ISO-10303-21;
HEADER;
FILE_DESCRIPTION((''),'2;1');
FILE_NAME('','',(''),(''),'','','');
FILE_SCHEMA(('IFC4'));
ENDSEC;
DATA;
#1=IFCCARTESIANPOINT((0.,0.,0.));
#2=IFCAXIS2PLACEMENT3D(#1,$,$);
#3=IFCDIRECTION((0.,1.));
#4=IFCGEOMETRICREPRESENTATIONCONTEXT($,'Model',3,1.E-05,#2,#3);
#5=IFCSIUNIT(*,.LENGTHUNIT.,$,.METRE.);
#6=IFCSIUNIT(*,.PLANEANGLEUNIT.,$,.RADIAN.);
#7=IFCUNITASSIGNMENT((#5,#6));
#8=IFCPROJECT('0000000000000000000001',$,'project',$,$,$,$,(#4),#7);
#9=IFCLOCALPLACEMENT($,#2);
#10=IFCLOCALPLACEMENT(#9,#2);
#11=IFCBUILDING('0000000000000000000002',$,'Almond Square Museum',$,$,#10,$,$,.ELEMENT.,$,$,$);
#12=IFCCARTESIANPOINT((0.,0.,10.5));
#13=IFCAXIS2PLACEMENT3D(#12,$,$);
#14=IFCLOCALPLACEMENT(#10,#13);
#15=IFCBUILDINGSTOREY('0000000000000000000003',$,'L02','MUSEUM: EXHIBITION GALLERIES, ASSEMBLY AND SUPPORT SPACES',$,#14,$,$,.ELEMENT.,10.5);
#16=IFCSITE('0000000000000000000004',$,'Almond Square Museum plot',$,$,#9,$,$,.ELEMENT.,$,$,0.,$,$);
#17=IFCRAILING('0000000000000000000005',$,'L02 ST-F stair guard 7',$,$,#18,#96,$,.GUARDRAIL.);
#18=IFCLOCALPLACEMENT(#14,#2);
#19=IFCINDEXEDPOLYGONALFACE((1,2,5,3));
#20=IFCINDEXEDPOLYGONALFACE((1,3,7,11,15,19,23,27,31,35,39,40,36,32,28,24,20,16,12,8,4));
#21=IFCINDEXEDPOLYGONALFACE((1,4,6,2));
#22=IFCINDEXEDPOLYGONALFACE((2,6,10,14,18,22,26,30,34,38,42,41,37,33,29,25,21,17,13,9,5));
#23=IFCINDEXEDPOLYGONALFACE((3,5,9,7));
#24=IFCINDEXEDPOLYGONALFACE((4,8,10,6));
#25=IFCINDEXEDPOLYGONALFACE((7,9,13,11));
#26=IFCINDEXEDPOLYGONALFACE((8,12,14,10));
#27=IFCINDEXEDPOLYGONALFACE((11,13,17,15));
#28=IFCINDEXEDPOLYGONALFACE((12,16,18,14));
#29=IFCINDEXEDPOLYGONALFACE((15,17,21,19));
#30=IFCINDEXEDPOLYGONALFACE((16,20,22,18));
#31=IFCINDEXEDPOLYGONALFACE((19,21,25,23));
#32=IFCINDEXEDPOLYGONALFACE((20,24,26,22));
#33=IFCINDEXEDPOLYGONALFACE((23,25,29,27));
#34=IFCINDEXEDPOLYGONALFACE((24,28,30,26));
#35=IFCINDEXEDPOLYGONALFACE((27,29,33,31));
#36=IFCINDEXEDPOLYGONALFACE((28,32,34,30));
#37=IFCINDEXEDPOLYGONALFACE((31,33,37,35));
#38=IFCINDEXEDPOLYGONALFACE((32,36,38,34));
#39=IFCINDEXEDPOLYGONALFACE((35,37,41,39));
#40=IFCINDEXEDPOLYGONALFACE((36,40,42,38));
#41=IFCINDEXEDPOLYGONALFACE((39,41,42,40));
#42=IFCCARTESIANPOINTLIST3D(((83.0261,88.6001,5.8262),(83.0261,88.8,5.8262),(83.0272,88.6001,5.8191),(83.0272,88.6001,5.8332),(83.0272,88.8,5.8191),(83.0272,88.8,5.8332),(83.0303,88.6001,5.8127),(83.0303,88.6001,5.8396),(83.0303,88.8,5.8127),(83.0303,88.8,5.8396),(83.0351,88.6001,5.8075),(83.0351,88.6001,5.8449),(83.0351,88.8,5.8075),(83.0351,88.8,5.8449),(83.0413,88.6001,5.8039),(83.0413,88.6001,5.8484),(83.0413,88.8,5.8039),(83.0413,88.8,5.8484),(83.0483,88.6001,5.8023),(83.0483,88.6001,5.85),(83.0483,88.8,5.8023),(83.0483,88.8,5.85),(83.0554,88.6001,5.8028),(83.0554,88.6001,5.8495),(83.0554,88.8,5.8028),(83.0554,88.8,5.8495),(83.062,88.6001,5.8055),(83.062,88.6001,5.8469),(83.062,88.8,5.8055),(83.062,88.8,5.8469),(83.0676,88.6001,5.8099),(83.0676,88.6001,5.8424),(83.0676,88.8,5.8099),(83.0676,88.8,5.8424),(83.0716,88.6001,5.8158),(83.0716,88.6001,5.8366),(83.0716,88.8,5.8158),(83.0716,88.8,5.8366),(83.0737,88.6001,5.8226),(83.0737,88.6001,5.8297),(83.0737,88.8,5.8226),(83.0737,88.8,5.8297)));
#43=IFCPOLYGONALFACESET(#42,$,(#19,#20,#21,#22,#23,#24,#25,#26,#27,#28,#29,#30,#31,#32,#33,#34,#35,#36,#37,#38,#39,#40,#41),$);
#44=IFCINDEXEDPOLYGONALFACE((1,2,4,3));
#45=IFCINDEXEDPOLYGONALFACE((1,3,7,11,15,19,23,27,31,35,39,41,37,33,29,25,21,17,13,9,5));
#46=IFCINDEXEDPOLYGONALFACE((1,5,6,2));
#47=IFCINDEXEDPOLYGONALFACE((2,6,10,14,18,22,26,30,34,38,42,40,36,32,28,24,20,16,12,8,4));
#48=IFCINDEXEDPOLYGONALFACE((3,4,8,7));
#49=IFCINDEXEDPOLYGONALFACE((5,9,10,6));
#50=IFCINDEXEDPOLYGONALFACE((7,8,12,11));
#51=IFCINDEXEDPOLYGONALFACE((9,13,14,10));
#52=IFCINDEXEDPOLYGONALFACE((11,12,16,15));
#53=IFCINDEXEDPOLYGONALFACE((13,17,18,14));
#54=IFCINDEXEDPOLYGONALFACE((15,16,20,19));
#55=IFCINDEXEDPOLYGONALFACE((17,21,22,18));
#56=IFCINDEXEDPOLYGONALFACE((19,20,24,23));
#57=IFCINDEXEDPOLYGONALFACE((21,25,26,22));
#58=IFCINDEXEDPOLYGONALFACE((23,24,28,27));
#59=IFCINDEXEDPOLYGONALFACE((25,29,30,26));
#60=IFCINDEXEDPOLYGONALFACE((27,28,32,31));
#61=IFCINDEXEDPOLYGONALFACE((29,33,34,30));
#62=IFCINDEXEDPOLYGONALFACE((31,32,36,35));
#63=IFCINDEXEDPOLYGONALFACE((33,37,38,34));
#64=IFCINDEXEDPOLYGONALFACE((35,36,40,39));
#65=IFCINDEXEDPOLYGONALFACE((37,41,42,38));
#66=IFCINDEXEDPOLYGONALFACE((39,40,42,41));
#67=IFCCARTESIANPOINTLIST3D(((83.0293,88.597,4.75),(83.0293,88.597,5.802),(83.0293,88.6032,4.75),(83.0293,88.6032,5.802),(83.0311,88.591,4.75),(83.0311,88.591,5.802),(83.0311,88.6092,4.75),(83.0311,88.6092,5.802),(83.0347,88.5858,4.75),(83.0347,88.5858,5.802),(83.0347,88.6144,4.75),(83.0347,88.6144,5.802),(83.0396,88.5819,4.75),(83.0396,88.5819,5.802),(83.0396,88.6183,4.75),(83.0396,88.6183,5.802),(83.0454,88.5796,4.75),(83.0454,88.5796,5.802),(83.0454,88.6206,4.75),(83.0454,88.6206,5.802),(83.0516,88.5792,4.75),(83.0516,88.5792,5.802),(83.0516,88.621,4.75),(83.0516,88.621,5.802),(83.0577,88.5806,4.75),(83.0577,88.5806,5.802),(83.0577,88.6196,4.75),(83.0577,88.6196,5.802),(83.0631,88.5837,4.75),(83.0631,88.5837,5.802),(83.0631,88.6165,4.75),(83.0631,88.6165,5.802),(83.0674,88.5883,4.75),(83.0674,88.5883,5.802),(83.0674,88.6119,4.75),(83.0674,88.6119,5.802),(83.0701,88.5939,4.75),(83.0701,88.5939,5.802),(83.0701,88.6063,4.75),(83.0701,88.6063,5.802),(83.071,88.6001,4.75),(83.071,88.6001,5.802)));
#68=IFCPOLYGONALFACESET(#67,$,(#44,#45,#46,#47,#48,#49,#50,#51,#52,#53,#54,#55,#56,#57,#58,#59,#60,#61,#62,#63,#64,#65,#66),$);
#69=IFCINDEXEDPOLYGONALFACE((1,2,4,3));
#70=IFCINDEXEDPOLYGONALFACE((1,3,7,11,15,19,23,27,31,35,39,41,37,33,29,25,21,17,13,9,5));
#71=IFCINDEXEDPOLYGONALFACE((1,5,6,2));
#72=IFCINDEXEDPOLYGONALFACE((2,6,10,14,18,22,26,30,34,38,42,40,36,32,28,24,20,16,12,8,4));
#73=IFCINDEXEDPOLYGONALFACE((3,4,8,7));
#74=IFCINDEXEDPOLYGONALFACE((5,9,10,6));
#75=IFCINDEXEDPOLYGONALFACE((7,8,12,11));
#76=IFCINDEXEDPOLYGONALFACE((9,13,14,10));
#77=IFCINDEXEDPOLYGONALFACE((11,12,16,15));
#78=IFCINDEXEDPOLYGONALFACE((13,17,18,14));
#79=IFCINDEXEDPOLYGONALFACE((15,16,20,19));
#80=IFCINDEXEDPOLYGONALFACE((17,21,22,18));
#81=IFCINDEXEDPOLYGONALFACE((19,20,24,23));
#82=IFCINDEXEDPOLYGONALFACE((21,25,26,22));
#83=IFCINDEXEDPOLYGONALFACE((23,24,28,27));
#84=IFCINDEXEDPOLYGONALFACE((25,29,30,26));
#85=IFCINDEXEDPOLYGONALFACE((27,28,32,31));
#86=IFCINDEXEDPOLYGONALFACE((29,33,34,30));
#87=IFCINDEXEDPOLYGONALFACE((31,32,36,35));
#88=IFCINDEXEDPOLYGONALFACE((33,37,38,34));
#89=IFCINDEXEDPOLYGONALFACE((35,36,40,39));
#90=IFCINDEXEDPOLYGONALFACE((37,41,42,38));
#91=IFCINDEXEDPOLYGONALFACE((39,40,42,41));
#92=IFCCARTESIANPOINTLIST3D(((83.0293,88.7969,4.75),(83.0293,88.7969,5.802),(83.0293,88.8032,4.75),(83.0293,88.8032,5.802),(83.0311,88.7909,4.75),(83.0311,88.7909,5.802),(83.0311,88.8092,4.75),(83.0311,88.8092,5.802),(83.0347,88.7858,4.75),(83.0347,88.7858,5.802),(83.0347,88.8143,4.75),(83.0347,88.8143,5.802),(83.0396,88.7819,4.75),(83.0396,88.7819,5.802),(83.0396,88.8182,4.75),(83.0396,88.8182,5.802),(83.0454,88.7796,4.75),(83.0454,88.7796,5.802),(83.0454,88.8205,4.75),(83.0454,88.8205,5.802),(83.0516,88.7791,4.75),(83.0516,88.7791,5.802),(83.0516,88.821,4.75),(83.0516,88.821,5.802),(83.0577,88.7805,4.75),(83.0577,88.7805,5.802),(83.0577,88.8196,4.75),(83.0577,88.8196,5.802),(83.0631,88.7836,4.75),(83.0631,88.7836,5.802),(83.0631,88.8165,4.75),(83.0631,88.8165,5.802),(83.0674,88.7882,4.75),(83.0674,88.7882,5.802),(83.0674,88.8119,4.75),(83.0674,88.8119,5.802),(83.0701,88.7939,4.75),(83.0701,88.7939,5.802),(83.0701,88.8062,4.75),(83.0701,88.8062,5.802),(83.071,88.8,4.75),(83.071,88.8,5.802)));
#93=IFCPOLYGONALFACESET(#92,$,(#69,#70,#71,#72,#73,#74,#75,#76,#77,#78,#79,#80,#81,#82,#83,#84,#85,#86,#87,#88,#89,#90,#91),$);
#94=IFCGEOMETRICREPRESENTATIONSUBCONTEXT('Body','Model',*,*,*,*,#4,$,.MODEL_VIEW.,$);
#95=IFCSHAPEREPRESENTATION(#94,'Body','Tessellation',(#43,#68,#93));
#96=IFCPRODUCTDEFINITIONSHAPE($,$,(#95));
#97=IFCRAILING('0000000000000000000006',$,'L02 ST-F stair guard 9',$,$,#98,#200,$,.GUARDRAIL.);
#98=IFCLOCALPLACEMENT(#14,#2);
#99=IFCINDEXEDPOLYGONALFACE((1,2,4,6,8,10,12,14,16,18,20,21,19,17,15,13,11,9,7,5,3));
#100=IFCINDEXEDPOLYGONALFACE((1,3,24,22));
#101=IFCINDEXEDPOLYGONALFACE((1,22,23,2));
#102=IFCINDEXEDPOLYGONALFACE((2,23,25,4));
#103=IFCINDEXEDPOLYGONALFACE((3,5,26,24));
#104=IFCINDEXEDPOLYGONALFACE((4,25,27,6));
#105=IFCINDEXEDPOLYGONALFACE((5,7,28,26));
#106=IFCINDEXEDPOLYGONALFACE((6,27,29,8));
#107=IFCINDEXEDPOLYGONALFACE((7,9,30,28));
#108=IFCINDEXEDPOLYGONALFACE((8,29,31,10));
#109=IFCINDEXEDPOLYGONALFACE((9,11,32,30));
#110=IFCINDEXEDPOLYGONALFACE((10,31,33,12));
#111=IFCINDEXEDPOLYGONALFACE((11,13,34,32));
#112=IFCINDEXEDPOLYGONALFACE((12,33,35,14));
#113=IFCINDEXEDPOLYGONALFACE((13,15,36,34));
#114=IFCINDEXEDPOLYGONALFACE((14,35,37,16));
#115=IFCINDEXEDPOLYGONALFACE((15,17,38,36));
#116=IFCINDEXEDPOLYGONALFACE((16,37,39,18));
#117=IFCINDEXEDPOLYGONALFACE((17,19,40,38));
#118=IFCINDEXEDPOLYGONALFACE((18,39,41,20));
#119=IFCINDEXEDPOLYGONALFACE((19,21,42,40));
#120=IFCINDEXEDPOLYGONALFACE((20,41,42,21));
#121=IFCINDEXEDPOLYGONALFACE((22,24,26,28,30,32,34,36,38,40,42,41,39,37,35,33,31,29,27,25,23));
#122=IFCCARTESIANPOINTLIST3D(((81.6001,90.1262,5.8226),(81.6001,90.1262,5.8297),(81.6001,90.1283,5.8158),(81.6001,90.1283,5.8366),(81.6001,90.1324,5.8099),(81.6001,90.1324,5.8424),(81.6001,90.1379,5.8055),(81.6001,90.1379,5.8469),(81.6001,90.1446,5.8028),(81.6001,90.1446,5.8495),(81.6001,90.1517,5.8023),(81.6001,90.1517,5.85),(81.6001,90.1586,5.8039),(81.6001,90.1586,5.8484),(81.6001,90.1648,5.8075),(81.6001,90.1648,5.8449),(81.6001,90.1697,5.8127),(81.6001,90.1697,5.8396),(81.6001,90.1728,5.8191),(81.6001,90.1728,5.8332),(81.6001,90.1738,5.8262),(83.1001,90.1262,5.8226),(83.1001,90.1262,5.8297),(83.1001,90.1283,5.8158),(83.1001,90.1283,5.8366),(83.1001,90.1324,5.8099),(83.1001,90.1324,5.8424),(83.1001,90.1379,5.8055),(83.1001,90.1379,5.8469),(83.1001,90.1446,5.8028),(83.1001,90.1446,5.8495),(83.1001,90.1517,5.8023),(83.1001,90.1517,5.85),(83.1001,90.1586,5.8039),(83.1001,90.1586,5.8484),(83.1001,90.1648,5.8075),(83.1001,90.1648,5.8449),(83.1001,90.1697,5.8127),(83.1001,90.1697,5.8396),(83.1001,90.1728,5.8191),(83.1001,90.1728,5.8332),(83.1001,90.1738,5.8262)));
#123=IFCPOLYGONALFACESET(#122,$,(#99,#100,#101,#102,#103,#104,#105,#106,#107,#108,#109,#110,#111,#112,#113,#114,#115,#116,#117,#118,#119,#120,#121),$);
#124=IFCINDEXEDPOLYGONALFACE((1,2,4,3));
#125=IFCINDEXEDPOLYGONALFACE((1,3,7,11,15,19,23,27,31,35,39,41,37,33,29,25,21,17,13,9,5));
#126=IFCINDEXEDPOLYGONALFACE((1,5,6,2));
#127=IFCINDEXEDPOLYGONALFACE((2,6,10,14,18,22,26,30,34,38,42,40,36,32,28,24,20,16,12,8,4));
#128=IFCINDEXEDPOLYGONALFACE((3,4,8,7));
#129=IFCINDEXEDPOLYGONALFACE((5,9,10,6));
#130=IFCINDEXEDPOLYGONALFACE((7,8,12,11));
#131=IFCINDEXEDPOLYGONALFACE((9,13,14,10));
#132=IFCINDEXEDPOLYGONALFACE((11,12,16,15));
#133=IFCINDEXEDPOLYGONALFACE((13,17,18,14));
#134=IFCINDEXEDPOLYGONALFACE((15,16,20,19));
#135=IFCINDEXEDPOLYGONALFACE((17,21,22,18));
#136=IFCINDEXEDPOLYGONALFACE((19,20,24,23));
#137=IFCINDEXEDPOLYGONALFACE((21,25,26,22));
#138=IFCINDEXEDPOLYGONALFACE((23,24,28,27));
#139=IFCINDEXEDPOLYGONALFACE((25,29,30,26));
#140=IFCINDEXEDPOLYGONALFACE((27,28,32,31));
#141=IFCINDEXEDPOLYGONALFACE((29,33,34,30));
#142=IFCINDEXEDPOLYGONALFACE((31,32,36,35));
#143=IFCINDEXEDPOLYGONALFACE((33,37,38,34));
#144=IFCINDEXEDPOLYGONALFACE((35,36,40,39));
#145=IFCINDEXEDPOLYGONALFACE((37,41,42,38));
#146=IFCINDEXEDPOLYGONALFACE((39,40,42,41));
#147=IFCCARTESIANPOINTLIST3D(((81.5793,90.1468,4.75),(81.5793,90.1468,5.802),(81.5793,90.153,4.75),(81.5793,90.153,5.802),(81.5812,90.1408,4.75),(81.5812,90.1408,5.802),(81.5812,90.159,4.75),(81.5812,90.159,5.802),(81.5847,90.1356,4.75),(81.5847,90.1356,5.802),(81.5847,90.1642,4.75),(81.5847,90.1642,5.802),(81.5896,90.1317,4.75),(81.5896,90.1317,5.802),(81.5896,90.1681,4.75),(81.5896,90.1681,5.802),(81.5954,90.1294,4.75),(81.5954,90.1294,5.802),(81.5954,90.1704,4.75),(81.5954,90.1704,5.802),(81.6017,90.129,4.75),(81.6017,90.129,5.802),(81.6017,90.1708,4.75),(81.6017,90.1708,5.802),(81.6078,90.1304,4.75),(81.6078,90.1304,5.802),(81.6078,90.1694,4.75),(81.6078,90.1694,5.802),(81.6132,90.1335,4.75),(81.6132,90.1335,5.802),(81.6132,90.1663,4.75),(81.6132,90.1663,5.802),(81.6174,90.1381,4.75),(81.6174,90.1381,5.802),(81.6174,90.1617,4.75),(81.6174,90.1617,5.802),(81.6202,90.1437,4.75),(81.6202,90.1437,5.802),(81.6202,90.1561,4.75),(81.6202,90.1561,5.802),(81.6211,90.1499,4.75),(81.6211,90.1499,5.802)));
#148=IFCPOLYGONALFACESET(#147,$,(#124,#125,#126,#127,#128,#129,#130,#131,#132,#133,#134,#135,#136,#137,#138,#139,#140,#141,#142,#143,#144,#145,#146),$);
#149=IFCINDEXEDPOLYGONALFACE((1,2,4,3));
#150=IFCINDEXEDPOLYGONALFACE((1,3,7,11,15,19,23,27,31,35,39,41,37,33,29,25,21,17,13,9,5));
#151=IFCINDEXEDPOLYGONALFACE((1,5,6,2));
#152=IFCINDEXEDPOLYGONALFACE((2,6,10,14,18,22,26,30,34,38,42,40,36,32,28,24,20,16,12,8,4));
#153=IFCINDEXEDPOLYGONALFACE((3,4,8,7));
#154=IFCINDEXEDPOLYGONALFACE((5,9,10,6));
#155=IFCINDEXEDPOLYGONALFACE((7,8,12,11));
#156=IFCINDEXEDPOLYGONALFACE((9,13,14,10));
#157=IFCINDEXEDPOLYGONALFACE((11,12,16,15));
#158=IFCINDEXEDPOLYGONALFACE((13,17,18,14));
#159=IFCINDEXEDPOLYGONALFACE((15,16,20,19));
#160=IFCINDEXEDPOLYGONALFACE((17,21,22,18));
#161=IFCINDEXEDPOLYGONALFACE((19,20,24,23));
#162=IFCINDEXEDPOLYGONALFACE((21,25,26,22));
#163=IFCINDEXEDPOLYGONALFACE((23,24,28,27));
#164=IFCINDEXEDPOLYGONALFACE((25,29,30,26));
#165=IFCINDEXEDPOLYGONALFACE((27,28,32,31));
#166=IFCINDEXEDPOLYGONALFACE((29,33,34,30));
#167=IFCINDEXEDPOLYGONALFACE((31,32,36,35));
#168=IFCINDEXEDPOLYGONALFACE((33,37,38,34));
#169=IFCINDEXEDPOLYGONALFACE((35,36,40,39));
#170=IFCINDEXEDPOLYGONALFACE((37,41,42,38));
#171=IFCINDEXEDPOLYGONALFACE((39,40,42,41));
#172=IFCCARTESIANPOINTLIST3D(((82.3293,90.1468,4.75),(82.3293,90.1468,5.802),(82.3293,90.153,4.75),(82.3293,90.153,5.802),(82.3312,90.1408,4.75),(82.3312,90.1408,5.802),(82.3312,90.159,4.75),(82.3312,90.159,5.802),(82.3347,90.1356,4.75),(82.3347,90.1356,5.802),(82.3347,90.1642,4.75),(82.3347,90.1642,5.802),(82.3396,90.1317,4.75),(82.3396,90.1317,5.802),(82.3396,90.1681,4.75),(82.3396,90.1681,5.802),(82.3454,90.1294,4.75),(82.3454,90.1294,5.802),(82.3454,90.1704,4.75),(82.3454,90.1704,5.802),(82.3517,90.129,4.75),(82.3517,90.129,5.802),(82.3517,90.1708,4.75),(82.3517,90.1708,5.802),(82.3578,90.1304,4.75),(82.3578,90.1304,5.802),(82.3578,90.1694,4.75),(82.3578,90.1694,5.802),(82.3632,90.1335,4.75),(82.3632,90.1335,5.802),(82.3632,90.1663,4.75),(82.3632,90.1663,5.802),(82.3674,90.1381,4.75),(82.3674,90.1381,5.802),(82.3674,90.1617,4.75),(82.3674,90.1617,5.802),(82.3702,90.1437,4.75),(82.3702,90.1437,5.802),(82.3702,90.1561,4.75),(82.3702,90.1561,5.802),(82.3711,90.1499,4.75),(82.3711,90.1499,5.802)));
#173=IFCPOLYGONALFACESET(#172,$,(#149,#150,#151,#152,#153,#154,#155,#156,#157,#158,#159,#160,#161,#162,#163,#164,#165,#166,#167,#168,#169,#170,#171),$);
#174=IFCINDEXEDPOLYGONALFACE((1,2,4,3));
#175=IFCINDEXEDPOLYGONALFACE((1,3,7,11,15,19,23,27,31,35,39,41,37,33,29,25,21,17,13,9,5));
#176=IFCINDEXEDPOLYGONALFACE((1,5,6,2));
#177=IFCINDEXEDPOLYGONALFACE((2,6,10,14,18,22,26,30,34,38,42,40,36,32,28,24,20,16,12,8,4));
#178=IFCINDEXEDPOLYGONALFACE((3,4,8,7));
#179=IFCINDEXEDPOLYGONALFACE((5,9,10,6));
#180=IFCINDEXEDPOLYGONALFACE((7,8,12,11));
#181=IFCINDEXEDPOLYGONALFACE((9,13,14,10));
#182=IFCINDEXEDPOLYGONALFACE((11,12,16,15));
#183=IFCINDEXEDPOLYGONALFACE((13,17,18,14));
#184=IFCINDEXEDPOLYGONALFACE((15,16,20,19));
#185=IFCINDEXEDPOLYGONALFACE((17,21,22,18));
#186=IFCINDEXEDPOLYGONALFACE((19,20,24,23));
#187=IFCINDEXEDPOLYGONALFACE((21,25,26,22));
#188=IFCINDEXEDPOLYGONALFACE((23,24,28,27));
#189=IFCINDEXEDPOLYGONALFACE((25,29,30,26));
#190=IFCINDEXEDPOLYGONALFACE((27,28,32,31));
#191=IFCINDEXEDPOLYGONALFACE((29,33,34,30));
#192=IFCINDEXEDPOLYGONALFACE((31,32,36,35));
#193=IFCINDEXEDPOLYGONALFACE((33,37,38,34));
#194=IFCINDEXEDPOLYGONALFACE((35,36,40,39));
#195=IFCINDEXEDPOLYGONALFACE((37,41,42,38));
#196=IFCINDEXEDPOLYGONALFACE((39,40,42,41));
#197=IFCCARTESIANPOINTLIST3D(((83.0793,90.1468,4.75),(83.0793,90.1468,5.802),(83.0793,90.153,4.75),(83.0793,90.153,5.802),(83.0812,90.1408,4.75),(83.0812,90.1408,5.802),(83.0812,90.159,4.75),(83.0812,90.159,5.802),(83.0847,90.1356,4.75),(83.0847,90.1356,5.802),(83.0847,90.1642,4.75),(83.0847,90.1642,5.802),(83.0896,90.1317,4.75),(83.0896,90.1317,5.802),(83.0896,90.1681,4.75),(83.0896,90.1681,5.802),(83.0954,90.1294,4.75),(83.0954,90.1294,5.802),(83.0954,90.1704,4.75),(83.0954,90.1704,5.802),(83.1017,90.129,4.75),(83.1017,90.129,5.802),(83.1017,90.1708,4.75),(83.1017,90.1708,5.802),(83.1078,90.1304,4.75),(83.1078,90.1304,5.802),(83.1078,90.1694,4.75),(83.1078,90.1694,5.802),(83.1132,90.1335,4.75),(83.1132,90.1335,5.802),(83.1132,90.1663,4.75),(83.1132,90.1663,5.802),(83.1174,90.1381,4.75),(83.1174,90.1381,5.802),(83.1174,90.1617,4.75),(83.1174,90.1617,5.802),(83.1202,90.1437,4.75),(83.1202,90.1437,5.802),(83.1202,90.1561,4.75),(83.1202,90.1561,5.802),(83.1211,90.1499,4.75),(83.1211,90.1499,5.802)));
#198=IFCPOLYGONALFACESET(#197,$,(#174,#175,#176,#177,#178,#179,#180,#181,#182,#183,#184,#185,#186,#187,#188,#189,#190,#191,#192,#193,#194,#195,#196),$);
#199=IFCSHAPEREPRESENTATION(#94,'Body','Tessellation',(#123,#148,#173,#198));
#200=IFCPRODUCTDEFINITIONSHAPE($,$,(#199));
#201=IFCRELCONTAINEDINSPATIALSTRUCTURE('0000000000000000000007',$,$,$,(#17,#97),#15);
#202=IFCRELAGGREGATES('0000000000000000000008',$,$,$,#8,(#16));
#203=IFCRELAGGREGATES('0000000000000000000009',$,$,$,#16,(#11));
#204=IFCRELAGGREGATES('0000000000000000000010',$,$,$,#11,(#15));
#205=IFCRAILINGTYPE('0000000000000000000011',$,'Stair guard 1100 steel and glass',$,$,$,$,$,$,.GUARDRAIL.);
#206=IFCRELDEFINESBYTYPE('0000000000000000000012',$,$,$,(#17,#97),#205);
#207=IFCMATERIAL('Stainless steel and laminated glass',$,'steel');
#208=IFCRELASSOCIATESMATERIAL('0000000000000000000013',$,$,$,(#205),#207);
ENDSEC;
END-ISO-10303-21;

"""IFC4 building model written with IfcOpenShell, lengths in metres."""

from ifc_helpers import new_model, si_unit, direction, frame, origin, origin_2d, place, context, subcontext, project, spatial, circle, extrude, material, type_object, element, save


model = new_model("IFC4")

# Units and contexts
model_context = context("Model", 3, precision=1e-05, world=origin(), true_north=direction((0.0, 1.0)))
body_context = subcontext(model_context, "Body", "Model", "MODEL_VIEW")
ifc_project = project(units=[si_unit("LENGTHUNIT", "METRE"), si_unit("PLANEANGLEUNIT", "RADIAN")], contexts=[model_context])

# Site, building, storey
site_placement = place(None, origin())
site = spatial("IfcSite", under=ifc_project, at=site_placement, Name="Almond Square Museum plot", CompositionType="ELEMENT", RefElevation=0.0)
building_placement = place(site_placement, origin())
building = spatial("IfcBuilding", under=site, at=building_placement, Name="Almond Square Museum", CompositionType="ELEMENT")
storey_placement = place(building_placement, frame((0.0, 0.0, 10.5)))
storey = spatial("IfcBuildingStorey", under=building, at=storey_placement, Name="L02", Description="MUSEUM: EXHIBITION GALLERIES, ASSEMBLY AND SUPPORT SPACES", CompositionType="ELEMENT", Elevation=10.5)

# Railings
ifc_material_1 = material(Name="Stainless steel and laminated glass", Category="steel")
railing_type_1 = type_object("IfcRailingType", Name="Stair guard 1100 steel and glass", PredefinedType="GUARDRAIL", material=ifc_material_1)
railing_1_placement = place(storey_placement, frame((83.05, 88.6001, 4.75)))
element("IfcRailing", 1, at=railing_1_placement, inside=storey, type_object=railing_type_1, Name="L02 ST-F stair guard 7", PredefinedType="GUARDRAIL", context=body_context, shape_type="SweptSolid", body=[
    extrude(circle(Radius=0.0239, at=origin_2d()), frame((0.0, 0.0, 1.0762), z_axis=(0.0, 1.0, 0.0), x_axis=(-1.0, 0.0, 0.0)), (0.0, 0.0, 1.0), 0.2),
    extrude(circle(Radius=0.021, at=origin_2d()), origin(), (0.0, 0.0, 1.0), 1.052),
    extrude(circle(Radius=0.021, at=origin_2d()), frame((0.0, 0.2, 0.0)), (0.0, 0.0, 1.0), 1.052),
])
railing_2_placement = place(storey_placement, frame((81.6001, 90.1499, 4.75)))
element("IfcRailing", 2, at=railing_2_placement, inside=storey, type_object=railing_type_1, Name="L02 ST-F stair guard 9", PredefinedType="GUARDRAIL", context=body_context, shape_type="SweptSolid", body=[
    extrude(circle(Radius=0.0239, at=origin_2d()), frame((0.0, 0.0, 1.0762), z_axis=(1.0, 0.0, 0.0), x_axis=(0.0, 1.0, 0.0)), (0.0, 0.0, 1.0), 1.5),
    extrude(circle(Radius=0.021, at=origin_2d()), origin(), (0.0, 0.0, 1.0), 1.052),
    extrude(circle(Radius=0.021, at=origin_2d()), frame((0.75, 0.0, 0.0)), (0.0, 0.0, 1.0), 1.052),
    extrude(circle(Radius=0.021, at=origin_2d()), frame((1.5, 0.0, 0.0)), (0.0, 0.0, 1.0), 1.052),
])

save(model, "model.ifc")
